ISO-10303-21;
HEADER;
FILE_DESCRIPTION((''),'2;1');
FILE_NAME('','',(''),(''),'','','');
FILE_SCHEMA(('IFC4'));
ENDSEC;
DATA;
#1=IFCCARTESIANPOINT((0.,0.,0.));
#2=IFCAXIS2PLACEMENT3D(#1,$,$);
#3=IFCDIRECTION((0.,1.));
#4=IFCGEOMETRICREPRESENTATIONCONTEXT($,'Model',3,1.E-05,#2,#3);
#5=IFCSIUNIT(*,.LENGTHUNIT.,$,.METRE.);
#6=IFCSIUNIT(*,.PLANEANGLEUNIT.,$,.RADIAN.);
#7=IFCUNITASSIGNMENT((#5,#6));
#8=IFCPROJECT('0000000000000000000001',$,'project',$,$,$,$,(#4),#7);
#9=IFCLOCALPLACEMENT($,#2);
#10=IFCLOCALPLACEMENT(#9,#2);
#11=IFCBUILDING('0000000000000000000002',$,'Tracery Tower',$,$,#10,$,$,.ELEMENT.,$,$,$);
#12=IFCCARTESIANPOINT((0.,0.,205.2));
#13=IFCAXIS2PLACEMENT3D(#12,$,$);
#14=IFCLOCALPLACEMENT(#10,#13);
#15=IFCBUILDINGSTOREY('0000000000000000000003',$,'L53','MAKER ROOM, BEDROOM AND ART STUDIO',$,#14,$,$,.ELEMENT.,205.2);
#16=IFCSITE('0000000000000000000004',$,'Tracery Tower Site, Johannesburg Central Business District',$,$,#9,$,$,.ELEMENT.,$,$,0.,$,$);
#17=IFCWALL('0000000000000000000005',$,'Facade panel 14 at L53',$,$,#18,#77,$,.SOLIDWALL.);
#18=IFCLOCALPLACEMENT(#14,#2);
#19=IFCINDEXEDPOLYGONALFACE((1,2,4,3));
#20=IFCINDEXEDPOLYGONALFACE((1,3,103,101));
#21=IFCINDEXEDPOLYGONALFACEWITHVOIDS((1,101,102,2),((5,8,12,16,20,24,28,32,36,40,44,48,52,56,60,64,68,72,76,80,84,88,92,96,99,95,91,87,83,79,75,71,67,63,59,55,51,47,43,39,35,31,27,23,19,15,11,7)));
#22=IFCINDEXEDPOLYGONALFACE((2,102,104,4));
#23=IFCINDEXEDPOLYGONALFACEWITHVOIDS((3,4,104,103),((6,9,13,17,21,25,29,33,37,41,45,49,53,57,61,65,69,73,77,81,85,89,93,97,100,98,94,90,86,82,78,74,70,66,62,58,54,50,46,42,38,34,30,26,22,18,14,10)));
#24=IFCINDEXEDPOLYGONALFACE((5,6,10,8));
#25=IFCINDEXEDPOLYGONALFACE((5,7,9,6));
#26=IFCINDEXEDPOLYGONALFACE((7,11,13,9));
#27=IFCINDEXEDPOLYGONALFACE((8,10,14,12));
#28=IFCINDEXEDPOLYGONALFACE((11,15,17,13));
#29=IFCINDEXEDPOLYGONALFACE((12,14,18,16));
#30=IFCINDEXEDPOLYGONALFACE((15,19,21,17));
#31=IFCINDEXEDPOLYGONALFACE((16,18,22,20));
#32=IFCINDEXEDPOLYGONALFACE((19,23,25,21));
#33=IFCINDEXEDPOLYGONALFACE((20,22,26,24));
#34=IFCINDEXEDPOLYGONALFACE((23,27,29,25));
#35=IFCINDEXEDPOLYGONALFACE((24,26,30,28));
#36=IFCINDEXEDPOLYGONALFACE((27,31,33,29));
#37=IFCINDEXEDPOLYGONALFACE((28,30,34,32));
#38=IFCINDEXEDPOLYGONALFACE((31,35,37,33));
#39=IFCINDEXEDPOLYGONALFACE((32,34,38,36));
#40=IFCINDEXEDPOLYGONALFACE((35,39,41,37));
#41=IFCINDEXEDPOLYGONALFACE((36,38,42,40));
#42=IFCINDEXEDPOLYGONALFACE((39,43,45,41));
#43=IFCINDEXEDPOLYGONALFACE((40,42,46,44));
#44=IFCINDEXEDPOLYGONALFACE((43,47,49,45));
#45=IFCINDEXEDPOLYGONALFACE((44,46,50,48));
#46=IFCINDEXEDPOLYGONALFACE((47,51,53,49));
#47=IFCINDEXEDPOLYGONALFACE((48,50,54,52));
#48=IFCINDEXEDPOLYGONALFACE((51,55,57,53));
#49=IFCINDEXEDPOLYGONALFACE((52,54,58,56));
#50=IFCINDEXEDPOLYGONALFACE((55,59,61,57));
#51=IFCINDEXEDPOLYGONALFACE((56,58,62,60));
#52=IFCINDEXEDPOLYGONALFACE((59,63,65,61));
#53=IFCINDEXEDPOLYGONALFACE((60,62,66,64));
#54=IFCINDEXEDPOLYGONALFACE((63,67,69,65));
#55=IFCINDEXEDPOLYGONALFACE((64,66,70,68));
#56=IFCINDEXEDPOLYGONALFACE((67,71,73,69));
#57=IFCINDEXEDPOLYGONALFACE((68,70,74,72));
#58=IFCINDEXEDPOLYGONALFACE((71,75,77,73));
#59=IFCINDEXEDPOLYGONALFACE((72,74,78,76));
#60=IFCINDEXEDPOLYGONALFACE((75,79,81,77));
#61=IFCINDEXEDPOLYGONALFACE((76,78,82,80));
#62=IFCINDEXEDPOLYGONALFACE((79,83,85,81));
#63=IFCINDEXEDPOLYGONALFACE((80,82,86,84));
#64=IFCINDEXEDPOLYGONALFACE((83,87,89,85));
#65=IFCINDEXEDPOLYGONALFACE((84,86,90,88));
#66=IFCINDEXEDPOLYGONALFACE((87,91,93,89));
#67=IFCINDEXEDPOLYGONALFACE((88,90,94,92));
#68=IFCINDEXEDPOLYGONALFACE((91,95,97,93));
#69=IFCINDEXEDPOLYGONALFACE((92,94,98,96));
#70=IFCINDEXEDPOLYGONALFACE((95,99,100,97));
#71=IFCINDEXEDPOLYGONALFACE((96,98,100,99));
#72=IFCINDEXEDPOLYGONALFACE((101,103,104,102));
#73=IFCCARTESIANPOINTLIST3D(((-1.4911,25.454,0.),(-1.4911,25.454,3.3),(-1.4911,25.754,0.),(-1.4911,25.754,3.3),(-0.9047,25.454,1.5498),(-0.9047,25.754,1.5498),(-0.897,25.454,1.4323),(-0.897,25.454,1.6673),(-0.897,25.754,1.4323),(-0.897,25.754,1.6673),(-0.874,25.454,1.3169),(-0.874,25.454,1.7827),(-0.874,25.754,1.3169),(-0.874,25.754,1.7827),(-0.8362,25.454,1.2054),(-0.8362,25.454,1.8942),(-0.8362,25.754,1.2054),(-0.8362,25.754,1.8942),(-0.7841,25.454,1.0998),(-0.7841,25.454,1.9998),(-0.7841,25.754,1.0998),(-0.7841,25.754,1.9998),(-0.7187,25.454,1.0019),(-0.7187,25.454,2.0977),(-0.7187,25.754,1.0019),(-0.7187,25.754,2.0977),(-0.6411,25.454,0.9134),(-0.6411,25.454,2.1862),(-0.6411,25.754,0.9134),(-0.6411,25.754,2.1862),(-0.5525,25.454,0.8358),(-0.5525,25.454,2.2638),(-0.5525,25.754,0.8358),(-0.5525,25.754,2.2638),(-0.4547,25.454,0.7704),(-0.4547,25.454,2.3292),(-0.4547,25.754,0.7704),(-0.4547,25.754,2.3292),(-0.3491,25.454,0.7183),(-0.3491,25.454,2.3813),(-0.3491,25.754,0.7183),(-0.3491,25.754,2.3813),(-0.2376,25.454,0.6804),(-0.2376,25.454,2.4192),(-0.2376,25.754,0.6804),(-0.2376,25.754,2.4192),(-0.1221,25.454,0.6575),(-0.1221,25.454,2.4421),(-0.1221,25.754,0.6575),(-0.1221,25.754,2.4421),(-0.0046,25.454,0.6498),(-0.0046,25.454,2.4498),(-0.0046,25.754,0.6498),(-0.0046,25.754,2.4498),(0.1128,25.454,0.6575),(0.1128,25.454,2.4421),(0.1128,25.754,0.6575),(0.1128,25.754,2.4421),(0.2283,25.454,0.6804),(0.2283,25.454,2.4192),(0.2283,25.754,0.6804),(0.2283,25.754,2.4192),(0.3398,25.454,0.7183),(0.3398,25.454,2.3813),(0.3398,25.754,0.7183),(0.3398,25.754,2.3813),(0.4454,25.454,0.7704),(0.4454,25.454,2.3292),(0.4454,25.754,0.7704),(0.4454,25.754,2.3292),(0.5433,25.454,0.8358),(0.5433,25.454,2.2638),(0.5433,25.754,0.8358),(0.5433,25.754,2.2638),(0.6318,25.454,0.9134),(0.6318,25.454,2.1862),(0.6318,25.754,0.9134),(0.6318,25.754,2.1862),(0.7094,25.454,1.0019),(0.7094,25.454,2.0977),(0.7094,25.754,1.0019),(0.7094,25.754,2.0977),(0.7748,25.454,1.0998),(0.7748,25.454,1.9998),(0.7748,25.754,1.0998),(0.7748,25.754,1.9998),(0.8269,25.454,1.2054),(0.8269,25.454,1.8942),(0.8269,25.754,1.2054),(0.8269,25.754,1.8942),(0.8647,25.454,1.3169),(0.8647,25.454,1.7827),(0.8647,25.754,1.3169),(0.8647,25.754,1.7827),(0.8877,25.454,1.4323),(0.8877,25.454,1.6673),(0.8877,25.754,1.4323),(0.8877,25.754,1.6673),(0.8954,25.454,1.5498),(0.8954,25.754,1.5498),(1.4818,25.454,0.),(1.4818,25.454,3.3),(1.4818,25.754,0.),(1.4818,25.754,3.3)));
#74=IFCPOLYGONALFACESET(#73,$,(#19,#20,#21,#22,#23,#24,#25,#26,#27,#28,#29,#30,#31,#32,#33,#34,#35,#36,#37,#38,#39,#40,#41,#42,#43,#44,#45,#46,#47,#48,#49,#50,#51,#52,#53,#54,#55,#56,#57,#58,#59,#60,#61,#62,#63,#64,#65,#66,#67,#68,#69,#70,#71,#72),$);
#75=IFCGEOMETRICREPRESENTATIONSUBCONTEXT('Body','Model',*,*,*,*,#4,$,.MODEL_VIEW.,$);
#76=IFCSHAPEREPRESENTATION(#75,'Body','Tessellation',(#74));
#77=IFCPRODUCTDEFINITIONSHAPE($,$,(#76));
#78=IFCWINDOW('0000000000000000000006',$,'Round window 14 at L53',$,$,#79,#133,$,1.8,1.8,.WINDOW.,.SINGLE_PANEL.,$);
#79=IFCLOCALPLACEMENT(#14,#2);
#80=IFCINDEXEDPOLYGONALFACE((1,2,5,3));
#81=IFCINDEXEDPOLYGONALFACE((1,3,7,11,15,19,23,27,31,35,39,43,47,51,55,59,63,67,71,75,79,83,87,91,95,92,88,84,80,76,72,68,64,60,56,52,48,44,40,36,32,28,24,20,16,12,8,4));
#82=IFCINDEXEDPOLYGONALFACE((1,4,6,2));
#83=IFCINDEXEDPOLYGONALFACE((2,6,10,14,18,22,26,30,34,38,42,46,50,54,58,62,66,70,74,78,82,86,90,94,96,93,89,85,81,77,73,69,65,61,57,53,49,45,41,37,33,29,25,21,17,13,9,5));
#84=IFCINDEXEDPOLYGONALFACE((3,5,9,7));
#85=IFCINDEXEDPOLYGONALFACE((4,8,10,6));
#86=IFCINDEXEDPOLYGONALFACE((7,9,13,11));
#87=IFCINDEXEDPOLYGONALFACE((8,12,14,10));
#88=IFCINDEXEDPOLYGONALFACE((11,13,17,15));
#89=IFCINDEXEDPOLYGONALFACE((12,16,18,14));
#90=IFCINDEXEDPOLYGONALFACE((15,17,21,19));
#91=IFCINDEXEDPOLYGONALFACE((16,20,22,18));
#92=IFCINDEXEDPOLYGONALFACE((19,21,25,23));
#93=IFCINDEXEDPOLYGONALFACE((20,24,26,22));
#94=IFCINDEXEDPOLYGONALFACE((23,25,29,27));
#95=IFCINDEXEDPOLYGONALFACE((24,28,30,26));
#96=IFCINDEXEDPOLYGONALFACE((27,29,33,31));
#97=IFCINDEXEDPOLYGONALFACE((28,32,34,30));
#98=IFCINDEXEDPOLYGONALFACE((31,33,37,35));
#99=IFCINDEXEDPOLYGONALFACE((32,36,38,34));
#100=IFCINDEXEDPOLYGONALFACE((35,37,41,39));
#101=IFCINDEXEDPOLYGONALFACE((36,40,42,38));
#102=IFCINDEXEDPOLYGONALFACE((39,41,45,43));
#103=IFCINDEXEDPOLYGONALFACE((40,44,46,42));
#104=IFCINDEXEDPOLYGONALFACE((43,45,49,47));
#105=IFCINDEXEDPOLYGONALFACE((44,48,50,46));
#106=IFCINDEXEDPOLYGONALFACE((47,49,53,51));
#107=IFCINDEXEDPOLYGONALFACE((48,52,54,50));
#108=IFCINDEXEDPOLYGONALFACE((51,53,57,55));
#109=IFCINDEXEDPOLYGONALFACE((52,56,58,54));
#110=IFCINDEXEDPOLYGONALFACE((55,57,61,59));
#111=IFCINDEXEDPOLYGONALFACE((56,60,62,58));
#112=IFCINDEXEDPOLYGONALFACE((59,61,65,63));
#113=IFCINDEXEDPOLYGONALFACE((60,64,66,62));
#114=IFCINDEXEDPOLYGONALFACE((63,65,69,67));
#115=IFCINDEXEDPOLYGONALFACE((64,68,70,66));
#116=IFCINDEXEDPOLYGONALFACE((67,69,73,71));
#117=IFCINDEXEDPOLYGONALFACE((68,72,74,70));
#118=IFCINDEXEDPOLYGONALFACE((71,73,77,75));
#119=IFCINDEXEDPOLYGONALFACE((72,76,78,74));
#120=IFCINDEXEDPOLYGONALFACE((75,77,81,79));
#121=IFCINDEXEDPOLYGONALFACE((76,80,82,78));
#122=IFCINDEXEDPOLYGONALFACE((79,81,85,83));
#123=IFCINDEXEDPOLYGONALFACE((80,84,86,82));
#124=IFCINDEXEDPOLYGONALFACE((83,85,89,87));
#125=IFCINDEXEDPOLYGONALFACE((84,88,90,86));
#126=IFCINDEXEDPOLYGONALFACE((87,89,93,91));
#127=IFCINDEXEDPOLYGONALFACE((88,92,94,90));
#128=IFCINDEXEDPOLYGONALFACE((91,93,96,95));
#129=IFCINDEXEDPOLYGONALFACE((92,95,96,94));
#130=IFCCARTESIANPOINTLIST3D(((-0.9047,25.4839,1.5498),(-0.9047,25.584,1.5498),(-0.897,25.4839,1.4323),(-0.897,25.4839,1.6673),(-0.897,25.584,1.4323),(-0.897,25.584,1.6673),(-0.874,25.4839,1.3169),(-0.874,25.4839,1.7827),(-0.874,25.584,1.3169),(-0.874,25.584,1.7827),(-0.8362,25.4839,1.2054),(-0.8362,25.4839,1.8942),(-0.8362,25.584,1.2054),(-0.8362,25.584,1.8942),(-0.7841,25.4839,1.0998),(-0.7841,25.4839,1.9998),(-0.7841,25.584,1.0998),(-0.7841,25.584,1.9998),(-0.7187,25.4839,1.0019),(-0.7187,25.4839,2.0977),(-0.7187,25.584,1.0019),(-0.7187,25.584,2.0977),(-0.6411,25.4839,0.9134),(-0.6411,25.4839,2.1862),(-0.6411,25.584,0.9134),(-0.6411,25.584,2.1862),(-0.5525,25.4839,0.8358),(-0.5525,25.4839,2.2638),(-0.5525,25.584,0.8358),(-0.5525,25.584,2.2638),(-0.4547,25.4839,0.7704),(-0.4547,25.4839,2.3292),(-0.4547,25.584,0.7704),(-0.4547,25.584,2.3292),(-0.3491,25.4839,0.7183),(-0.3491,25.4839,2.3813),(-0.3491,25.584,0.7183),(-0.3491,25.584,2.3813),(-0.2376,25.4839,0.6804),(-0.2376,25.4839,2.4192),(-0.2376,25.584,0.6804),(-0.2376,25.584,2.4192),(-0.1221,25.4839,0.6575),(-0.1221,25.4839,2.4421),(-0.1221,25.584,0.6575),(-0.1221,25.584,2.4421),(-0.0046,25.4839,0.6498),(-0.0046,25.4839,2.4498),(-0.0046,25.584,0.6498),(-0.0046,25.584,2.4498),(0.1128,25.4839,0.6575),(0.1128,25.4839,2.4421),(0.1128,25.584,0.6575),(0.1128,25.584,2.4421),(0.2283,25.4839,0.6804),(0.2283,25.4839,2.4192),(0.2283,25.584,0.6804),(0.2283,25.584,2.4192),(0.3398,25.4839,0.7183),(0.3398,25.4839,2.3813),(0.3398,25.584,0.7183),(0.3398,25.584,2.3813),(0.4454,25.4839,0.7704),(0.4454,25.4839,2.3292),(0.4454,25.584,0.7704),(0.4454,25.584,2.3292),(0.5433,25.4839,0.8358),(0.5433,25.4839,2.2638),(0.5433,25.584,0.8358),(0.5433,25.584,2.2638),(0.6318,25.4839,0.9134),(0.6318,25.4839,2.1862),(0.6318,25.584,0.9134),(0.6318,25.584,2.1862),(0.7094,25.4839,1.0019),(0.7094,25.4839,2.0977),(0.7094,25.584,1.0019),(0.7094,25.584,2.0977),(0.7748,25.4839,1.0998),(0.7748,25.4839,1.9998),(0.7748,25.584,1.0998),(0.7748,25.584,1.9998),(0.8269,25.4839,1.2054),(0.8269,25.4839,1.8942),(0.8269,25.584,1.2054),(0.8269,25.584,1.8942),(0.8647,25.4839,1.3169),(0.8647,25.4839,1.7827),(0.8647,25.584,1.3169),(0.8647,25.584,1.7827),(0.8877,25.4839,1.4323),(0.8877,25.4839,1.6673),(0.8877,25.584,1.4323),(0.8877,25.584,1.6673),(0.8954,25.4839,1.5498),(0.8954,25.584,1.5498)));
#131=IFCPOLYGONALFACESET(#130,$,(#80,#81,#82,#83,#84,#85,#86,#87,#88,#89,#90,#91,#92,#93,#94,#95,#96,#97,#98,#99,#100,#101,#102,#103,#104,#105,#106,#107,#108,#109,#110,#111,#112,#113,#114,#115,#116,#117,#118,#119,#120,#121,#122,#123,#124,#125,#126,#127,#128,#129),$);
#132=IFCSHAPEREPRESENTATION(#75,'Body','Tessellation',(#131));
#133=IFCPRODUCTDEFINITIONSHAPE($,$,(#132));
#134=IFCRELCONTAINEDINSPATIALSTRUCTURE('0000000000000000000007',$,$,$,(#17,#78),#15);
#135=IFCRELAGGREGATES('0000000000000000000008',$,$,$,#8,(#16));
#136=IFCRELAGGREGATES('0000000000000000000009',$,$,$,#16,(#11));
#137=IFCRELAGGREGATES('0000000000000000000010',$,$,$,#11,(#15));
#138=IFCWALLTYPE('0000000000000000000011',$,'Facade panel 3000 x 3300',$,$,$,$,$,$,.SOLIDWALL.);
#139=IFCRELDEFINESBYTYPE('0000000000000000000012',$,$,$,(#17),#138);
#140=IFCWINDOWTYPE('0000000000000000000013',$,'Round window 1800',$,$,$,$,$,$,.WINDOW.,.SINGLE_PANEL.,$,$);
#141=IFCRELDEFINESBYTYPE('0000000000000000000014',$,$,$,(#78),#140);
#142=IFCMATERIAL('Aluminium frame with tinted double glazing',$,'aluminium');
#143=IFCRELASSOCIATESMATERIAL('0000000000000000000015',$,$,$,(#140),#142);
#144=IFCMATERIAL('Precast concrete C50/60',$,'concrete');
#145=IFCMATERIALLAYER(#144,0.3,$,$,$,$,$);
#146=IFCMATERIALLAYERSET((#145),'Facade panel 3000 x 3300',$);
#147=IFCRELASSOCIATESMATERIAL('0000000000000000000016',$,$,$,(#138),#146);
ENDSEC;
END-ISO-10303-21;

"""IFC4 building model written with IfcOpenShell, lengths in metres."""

from ifc_helpers import new_model, si_unit, direction, frame, frame_2d, origin, origin_2d, place, context, subcontext, project, spatial, rectangle, circle, extrude, material, layer, layer_set, type_object, element, fill, save


model = new_model("IFC4")

# Units and contexts
model_context = context("Model", 3, precision=1e-05, world=origin(), true_north=direction((0.0, 1.0)))
body_context = subcontext(model_context, "Body", "Model", "MODEL_VIEW")
ifc_project = project(units=[si_unit("LENGTHUNIT", "METRE"), si_unit("PLANEANGLEUNIT", "RADIAN")], contexts=[model_context])

# Site, building, storey
site_placement = place(None, origin())
site = spatial("IfcSite", under=ifc_project, at=site_placement, Name="Tracery Tower Site, Johannesburg Central Business District", CompositionType="ELEMENT", RefElevation=0.0)
building_placement = place(site_placement, origin())
building = spatial("IfcBuilding", under=site, at=building_placement, Name="Tracery Tower", CompositionType="ELEMENT")
storey_placement = place(building_placement, frame((0.0, 0.0, 205.2)))
storey = spatial("IfcBuildingStorey", under=building, at=storey_placement, Name="L53", Description="MAKER ROOM, BEDROOM AND ART STUDIO", CompositionType="ELEMENT", Elevation=205.2)

# Wall, opening, window
ifc_material_1 = material(Name="Aluminium frame with tinted double glazing", Category="aluminium")
window_type = type_object("IfcWindowType", Name="Round window 1800", PartitioningType="SINGLE_PANEL", PredefinedType="WINDOW", material=ifc_material_1)
ifc_material_2 = material(Name="Precast concrete C50/60", Category="concrete")
ifc_layer_1 = layer(ifc_material_2, 0.3)
ifc_layer_set_1 = layer_set([ifc_layer_1], Name="Facade panel 3000 x 3300")
wall_type_1 = type_object("IfcWallType", Name="Facade panel 3000 x 3300", PredefinedType="SOLIDWALL", material=ifc_layer_set_1)
wall_1_placement = place(storey_placement, frame((1.4817, 25.604, 0.0), z_axis=(0.0, 0.0, 1.0), x_axis=(-1.0, 0.0, 0.0)))
wall_1 = element("IfcWall", 1, at=wall_1_placement, inside=storey, type_object=wall_type_1, Name="Facade panel 14 at L53", PredefinedType="SOLIDWALL", context=body_context, shape_type="SweptSolid", body=[
    extrude(rectangle(XDim=2.9729, YDim=0.3, at=frame_2d((1.4863, 0.0))), origin(), (0.0, 0.0, 1.0), 3.3),
])
opening_1_placement = place(wall_1_placement, frame((1.4863, 0.0, 1.5498)))
opening_1 = element("IfcOpeningElement", 2, at=opening_1_placement, cuts=wall_1, PredefinedType="OPENING", context=body_context, shape_type="SweptSolid", body=[
    extrude(circle(Radius=0.9, at=origin_2d()), frame((0.0, 0.1599, 0.0), z_axis=(0.0, -1.0, 0.0), x_axis=(1.0, 0.0, 0.0)), (0.0, 0.0, 1.0), 0.3201),
])
window_1_placement = place(opening_1_placement, origin())
window_1 = element("IfcWindow", 3, at=window_1_placement, inside=storey, type_object=window_type, Name="Round window 14 at L53", OverallHeight=1.8, OverallWidth=1.8, PartitioningType="SINGLE_PANEL", PredefinedType="WINDOW", context=body_context, shape_type="SweptSolid", body=[
    extrude(circle(Radius=0.9, at=origin_2d()), frame((0.0, 0.1201, 0.0), z_axis=(0.0, -1.0, 0.0), x_axis=(1.0, 0.0, 0.0)), (0.0, 0.0, 1.0), 0.1001),
])
fill(opening_1, window_1)

save(model, "model.ifc")
